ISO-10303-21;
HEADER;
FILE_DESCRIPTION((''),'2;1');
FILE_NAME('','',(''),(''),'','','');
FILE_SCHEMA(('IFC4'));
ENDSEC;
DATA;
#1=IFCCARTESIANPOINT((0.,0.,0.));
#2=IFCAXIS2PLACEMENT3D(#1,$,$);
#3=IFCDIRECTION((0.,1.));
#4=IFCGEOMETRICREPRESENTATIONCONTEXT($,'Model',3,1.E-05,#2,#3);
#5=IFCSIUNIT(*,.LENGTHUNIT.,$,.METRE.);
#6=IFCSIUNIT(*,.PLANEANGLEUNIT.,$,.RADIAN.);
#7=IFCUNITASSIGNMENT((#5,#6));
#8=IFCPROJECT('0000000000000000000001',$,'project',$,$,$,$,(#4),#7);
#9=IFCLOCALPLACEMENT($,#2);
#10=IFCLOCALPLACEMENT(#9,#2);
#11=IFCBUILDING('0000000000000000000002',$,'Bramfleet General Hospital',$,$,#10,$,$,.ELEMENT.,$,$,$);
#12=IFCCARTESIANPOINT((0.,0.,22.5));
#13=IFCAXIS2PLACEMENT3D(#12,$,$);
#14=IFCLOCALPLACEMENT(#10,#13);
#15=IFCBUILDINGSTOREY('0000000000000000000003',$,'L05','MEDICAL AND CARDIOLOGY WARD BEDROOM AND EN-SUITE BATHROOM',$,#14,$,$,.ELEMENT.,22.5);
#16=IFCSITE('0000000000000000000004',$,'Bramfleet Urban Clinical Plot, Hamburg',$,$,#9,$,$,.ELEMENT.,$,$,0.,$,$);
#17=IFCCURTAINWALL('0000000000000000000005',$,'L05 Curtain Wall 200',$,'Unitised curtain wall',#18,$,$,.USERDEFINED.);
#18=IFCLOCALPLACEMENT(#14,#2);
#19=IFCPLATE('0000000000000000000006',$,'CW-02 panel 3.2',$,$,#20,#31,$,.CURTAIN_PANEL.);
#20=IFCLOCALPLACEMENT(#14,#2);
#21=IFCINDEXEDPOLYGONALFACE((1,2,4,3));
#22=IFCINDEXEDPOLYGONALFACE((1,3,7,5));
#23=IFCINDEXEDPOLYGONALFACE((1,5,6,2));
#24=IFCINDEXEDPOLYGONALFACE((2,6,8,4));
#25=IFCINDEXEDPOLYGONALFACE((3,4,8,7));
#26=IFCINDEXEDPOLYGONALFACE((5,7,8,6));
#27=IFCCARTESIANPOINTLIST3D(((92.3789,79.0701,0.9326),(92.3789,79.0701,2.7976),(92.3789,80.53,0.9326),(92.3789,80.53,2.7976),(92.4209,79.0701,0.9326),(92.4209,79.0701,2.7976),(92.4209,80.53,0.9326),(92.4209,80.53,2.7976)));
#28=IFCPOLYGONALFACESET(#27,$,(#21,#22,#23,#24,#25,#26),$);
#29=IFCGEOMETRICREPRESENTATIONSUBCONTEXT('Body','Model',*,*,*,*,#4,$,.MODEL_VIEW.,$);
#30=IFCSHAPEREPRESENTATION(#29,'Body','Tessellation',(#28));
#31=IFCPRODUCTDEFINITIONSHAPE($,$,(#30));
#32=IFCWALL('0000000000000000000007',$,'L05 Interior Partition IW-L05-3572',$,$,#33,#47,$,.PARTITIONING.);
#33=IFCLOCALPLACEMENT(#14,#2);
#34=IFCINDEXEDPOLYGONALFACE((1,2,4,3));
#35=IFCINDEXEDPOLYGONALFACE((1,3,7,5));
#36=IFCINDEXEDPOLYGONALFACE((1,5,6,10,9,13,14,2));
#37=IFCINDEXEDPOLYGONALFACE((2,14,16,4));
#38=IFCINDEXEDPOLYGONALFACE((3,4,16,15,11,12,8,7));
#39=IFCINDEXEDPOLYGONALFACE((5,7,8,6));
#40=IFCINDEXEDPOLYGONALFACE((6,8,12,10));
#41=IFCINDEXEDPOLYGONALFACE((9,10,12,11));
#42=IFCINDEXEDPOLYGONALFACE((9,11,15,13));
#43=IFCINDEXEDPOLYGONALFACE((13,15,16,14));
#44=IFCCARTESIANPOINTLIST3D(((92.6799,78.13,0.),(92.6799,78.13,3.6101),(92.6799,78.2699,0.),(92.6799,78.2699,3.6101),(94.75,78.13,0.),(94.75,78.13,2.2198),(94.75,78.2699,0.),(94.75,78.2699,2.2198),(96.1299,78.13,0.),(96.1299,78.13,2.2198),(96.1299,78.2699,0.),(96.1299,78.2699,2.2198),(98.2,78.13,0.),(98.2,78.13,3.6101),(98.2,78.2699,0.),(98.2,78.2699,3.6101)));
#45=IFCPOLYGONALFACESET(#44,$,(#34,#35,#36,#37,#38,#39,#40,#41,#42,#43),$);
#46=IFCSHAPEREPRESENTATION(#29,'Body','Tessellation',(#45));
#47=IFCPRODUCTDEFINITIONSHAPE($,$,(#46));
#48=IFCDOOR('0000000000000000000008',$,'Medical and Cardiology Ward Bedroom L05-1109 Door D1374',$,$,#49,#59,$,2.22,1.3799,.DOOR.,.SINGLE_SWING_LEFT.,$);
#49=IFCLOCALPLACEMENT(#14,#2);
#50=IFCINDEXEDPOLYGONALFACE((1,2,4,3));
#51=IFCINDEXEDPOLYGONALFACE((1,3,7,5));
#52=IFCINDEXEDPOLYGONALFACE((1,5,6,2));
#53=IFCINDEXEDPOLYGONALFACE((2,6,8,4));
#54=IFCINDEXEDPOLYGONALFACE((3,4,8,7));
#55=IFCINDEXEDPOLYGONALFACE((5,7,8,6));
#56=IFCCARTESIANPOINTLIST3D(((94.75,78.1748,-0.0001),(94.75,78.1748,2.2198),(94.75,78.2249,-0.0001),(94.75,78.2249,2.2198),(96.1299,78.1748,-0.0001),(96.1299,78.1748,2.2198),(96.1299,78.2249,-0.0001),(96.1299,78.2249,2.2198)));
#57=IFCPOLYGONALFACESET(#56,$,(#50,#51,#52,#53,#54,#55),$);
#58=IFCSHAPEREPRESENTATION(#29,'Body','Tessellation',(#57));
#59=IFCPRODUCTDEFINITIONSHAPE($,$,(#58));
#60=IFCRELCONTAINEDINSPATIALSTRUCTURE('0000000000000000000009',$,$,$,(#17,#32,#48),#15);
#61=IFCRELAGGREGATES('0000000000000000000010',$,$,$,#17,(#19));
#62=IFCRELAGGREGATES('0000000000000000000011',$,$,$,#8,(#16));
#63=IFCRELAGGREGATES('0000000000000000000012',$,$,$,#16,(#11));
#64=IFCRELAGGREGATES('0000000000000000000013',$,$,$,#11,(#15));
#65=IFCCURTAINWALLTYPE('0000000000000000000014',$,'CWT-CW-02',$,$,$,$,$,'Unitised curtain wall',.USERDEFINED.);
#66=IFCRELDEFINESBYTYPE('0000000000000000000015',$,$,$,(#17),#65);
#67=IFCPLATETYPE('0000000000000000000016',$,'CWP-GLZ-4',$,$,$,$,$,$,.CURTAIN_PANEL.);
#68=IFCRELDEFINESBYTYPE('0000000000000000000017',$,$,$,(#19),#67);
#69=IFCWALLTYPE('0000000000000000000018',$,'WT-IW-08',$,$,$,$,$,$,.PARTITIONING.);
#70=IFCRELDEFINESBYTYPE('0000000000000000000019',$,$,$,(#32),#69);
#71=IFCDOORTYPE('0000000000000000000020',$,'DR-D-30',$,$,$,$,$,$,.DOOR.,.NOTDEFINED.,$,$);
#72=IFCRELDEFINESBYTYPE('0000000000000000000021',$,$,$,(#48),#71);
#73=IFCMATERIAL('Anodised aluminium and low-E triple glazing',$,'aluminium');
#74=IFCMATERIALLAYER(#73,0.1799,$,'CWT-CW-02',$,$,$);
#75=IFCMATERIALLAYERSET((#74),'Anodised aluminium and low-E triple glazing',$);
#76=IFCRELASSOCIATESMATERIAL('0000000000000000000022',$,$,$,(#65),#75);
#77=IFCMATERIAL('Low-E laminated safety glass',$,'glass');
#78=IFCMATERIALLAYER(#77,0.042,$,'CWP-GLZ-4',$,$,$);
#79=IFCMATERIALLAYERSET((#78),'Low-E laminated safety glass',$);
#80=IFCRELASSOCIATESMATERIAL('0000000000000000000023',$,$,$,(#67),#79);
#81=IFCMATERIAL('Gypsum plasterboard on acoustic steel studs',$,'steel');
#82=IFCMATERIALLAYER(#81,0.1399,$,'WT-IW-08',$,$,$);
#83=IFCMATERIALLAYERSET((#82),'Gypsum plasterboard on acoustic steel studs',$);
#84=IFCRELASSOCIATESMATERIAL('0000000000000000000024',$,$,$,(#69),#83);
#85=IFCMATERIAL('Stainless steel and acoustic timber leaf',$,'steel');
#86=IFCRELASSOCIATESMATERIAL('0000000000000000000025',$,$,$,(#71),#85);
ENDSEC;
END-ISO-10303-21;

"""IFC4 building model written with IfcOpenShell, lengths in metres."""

from ifc_helpers import new_model, si_unit, direction, frame, frame_2d, origin, origin_2d, place, context, subcontext, project, spatial, rectangle, extrude, material, layer, layer_set, type_object, element, fill, aggregate, save


model = new_model("IFC4")

# Units and contexts
model_context = context("Model", 3, precision=1e-05, world=origin(), true_north=direction((0.0, 1.0)))
body_context = subcontext(model_context, "Body", "Model", "MODEL_VIEW")
ifc_project = project(units=[si_unit("LENGTHUNIT", "METRE"), si_unit("PLANEANGLEUNIT", "RADIAN")], contexts=[model_context])

# Site, building, storey
site_placement = place(None, origin())
site = spatial("IfcSite", under=ifc_project, at=site_placement, Name="Bramfleet Urban Clinical Plot, Hamburg", CompositionType="ELEMENT", RefElevation=0.0)
building_placement = place(site_placement, origin())
building = spatial("IfcBuilding", under=site, at=building_placement, Name="Bramfleet General Hospital", CompositionType="ELEMENT")
storey_placement = place(building_placement, frame((0.0, 0.0, 22.5)))
storey = spatial("IfcBuildingStorey", under=building, at=storey_placement, Name="L05", Description="MEDICAL AND CARDIOLOGY WARD BEDROOM AND EN-SUITE BATHROOM", CompositionType="ELEMENT", Elevation=22.5)

# Curtain wall, plate
ifc_material_1 = material(Name="Anodised aluminium and low-E triple glazing", Category="aluminium")
ifc_layer_1 = layer(ifc_material_1, 0.1799, Name="CWT-CW-02")
ifc_layer_set_1 = layer_set([ifc_layer_1], Name="Anodised aluminium and low-E triple glazing")
curtain_wall_type = type_object("IfcCurtainWallType", Name="CWT-CW-02", ElementType="Unitised curtain wall", PredefinedType="USERDEFINED", material=ifc_layer_set_1)
curtain_wall_placement = place(storey_placement, origin())
curtain_wall = element("IfcCurtainWall", 1, at=curtain_wall_placement, inside=storey, type_object=curtain_wall_type, Name="L05 Curtain Wall 200", ObjectType="Unitised curtain wall", PredefinedType="USERDEFINED")
ifc_material_2 = material(Name="Low-E laminated safety glass", Category="glass")
ifc_layer_2 = layer(ifc_material_2, 0.042, Name="CWP-GLZ-4")
ifc_layer_set_2 = layer_set([ifc_layer_2], Name="Low-E laminated safety glass")
plate_type = type_object("IfcPlateType", Name="CWP-GLZ-4", PredefinedType="CURTAIN_PANEL", material=ifc_layer_set_2)
plate_1_placement = place(storey_placement, frame((92.3999, 79.8, 0.9326), z_axis=(0.0, 0.0, 1.0), x_axis=(0.0, 1.0, 0.0)))
plate_1 = element("IfcPlate", 2, at=plate_1_placement, type_object=plate_type, Name="CW-02 panel 3.2", PredefinedType="CURTAIN_PANEL", context=body_context, shape_type="SweptSolid", body=[
    extrude(rectangle(XDim=1.46, YDim=0.042, at=origin_2d()), origin(), (0.0, 0.0, 1.0), 1.865),
])
aggregate(curtain_wall, [plate_1])

# Wall, opening, door
ifc_material_3 = material(Name="Gypsum plasterboard on acoustic steel studs", Category="steel")
ifc_layer_3 = layer(ifc_material_3, 0.1399, Name="WT-IW-08")
ifc_layer_set_3 = layer_set([ifc_layer_3], Name="Gypsum plasterboard on acoustic steel studs")
wall_type = type_object("IfcWallType", Name="WT-IW-08", PredefinedType="PARTITIONING", material=ifc_layer_set_3)
wall_placement = place(storey_placement, frame((92.6799, 78.2, 0.0), z_axis=(0.0, 0.0, 1.0), x_axis=(1.0, 0.0, 0.0)))
wall = element("IfcWall", 3, at=wall_placement, inside=storey, type_object=wall_type, Name="L05 Interior Partition IW-L05-3572", PredefinedType="PARTITIONING", context=body_context, shape_type="SweptSolid", body=[
    extrude(rectangle(XDim=5.52, YDim=0.1399, at=frame_2d((2.76, 0.0))), origin(), (0.0, 0.0, 1.0), 3.6101),
])
opening_placement = place(wall_placement, frame((2.0701, 0.0, 0.0)))
opening = element("IfcOpeningElement", 4, at=opening_placement, cuts=wall, PredefinedType="OPENING", context=body_context, shape_type="SweptSolid", body=[
    extrude(rectangle(XDim=1.3799, YDim=2.22, at=frame_2d((0.6899, 1.1099))), frame((0.0, 0.0798, 0.0), z_axis=(0.0, -1.0, 0.0), x_axis=(1.0, 0.0, 0.0)), (0.0, 0.0, 1.0), 0.1599),
])
ifc_material_4 = material(Name="Stainless steel and acoustic timber leaf", Category="steel")
door_type = type_object("IfcDoorType", Name="DR-D-30", OperationType="NOTDEFINED", PredefinedType="DOOR", material=ifc_material_4)
door_placement = place(opening_placement, origin())
door = element("IfcDoor", 5, at=door_placement, inside=storey, type_object=door_type, Name="Medical and Cardiology Ward Bedroom L05-1109 Door D1374", OperationType="SINGLE_SWING_LEFT", OverallHeight=2.22, OverallWidth=1.3799, PredefinedType="DOOR", context=body_context, shape_type="SweptSolid", body=[
    extrude(rectangle(XDim=1.3799, YDim=2.22, at=frame_2d((0.6899, 1.1099))), frame((0.0, 0.0249, 0.0), z_axis=(0.0, -1.0, 0.0), x_axis=(1.0, 0.0, 0.0)), (0.0, 0.0, 1.0), 0.05),
])
fill(opening, door)

save(model, "model.ifc")
